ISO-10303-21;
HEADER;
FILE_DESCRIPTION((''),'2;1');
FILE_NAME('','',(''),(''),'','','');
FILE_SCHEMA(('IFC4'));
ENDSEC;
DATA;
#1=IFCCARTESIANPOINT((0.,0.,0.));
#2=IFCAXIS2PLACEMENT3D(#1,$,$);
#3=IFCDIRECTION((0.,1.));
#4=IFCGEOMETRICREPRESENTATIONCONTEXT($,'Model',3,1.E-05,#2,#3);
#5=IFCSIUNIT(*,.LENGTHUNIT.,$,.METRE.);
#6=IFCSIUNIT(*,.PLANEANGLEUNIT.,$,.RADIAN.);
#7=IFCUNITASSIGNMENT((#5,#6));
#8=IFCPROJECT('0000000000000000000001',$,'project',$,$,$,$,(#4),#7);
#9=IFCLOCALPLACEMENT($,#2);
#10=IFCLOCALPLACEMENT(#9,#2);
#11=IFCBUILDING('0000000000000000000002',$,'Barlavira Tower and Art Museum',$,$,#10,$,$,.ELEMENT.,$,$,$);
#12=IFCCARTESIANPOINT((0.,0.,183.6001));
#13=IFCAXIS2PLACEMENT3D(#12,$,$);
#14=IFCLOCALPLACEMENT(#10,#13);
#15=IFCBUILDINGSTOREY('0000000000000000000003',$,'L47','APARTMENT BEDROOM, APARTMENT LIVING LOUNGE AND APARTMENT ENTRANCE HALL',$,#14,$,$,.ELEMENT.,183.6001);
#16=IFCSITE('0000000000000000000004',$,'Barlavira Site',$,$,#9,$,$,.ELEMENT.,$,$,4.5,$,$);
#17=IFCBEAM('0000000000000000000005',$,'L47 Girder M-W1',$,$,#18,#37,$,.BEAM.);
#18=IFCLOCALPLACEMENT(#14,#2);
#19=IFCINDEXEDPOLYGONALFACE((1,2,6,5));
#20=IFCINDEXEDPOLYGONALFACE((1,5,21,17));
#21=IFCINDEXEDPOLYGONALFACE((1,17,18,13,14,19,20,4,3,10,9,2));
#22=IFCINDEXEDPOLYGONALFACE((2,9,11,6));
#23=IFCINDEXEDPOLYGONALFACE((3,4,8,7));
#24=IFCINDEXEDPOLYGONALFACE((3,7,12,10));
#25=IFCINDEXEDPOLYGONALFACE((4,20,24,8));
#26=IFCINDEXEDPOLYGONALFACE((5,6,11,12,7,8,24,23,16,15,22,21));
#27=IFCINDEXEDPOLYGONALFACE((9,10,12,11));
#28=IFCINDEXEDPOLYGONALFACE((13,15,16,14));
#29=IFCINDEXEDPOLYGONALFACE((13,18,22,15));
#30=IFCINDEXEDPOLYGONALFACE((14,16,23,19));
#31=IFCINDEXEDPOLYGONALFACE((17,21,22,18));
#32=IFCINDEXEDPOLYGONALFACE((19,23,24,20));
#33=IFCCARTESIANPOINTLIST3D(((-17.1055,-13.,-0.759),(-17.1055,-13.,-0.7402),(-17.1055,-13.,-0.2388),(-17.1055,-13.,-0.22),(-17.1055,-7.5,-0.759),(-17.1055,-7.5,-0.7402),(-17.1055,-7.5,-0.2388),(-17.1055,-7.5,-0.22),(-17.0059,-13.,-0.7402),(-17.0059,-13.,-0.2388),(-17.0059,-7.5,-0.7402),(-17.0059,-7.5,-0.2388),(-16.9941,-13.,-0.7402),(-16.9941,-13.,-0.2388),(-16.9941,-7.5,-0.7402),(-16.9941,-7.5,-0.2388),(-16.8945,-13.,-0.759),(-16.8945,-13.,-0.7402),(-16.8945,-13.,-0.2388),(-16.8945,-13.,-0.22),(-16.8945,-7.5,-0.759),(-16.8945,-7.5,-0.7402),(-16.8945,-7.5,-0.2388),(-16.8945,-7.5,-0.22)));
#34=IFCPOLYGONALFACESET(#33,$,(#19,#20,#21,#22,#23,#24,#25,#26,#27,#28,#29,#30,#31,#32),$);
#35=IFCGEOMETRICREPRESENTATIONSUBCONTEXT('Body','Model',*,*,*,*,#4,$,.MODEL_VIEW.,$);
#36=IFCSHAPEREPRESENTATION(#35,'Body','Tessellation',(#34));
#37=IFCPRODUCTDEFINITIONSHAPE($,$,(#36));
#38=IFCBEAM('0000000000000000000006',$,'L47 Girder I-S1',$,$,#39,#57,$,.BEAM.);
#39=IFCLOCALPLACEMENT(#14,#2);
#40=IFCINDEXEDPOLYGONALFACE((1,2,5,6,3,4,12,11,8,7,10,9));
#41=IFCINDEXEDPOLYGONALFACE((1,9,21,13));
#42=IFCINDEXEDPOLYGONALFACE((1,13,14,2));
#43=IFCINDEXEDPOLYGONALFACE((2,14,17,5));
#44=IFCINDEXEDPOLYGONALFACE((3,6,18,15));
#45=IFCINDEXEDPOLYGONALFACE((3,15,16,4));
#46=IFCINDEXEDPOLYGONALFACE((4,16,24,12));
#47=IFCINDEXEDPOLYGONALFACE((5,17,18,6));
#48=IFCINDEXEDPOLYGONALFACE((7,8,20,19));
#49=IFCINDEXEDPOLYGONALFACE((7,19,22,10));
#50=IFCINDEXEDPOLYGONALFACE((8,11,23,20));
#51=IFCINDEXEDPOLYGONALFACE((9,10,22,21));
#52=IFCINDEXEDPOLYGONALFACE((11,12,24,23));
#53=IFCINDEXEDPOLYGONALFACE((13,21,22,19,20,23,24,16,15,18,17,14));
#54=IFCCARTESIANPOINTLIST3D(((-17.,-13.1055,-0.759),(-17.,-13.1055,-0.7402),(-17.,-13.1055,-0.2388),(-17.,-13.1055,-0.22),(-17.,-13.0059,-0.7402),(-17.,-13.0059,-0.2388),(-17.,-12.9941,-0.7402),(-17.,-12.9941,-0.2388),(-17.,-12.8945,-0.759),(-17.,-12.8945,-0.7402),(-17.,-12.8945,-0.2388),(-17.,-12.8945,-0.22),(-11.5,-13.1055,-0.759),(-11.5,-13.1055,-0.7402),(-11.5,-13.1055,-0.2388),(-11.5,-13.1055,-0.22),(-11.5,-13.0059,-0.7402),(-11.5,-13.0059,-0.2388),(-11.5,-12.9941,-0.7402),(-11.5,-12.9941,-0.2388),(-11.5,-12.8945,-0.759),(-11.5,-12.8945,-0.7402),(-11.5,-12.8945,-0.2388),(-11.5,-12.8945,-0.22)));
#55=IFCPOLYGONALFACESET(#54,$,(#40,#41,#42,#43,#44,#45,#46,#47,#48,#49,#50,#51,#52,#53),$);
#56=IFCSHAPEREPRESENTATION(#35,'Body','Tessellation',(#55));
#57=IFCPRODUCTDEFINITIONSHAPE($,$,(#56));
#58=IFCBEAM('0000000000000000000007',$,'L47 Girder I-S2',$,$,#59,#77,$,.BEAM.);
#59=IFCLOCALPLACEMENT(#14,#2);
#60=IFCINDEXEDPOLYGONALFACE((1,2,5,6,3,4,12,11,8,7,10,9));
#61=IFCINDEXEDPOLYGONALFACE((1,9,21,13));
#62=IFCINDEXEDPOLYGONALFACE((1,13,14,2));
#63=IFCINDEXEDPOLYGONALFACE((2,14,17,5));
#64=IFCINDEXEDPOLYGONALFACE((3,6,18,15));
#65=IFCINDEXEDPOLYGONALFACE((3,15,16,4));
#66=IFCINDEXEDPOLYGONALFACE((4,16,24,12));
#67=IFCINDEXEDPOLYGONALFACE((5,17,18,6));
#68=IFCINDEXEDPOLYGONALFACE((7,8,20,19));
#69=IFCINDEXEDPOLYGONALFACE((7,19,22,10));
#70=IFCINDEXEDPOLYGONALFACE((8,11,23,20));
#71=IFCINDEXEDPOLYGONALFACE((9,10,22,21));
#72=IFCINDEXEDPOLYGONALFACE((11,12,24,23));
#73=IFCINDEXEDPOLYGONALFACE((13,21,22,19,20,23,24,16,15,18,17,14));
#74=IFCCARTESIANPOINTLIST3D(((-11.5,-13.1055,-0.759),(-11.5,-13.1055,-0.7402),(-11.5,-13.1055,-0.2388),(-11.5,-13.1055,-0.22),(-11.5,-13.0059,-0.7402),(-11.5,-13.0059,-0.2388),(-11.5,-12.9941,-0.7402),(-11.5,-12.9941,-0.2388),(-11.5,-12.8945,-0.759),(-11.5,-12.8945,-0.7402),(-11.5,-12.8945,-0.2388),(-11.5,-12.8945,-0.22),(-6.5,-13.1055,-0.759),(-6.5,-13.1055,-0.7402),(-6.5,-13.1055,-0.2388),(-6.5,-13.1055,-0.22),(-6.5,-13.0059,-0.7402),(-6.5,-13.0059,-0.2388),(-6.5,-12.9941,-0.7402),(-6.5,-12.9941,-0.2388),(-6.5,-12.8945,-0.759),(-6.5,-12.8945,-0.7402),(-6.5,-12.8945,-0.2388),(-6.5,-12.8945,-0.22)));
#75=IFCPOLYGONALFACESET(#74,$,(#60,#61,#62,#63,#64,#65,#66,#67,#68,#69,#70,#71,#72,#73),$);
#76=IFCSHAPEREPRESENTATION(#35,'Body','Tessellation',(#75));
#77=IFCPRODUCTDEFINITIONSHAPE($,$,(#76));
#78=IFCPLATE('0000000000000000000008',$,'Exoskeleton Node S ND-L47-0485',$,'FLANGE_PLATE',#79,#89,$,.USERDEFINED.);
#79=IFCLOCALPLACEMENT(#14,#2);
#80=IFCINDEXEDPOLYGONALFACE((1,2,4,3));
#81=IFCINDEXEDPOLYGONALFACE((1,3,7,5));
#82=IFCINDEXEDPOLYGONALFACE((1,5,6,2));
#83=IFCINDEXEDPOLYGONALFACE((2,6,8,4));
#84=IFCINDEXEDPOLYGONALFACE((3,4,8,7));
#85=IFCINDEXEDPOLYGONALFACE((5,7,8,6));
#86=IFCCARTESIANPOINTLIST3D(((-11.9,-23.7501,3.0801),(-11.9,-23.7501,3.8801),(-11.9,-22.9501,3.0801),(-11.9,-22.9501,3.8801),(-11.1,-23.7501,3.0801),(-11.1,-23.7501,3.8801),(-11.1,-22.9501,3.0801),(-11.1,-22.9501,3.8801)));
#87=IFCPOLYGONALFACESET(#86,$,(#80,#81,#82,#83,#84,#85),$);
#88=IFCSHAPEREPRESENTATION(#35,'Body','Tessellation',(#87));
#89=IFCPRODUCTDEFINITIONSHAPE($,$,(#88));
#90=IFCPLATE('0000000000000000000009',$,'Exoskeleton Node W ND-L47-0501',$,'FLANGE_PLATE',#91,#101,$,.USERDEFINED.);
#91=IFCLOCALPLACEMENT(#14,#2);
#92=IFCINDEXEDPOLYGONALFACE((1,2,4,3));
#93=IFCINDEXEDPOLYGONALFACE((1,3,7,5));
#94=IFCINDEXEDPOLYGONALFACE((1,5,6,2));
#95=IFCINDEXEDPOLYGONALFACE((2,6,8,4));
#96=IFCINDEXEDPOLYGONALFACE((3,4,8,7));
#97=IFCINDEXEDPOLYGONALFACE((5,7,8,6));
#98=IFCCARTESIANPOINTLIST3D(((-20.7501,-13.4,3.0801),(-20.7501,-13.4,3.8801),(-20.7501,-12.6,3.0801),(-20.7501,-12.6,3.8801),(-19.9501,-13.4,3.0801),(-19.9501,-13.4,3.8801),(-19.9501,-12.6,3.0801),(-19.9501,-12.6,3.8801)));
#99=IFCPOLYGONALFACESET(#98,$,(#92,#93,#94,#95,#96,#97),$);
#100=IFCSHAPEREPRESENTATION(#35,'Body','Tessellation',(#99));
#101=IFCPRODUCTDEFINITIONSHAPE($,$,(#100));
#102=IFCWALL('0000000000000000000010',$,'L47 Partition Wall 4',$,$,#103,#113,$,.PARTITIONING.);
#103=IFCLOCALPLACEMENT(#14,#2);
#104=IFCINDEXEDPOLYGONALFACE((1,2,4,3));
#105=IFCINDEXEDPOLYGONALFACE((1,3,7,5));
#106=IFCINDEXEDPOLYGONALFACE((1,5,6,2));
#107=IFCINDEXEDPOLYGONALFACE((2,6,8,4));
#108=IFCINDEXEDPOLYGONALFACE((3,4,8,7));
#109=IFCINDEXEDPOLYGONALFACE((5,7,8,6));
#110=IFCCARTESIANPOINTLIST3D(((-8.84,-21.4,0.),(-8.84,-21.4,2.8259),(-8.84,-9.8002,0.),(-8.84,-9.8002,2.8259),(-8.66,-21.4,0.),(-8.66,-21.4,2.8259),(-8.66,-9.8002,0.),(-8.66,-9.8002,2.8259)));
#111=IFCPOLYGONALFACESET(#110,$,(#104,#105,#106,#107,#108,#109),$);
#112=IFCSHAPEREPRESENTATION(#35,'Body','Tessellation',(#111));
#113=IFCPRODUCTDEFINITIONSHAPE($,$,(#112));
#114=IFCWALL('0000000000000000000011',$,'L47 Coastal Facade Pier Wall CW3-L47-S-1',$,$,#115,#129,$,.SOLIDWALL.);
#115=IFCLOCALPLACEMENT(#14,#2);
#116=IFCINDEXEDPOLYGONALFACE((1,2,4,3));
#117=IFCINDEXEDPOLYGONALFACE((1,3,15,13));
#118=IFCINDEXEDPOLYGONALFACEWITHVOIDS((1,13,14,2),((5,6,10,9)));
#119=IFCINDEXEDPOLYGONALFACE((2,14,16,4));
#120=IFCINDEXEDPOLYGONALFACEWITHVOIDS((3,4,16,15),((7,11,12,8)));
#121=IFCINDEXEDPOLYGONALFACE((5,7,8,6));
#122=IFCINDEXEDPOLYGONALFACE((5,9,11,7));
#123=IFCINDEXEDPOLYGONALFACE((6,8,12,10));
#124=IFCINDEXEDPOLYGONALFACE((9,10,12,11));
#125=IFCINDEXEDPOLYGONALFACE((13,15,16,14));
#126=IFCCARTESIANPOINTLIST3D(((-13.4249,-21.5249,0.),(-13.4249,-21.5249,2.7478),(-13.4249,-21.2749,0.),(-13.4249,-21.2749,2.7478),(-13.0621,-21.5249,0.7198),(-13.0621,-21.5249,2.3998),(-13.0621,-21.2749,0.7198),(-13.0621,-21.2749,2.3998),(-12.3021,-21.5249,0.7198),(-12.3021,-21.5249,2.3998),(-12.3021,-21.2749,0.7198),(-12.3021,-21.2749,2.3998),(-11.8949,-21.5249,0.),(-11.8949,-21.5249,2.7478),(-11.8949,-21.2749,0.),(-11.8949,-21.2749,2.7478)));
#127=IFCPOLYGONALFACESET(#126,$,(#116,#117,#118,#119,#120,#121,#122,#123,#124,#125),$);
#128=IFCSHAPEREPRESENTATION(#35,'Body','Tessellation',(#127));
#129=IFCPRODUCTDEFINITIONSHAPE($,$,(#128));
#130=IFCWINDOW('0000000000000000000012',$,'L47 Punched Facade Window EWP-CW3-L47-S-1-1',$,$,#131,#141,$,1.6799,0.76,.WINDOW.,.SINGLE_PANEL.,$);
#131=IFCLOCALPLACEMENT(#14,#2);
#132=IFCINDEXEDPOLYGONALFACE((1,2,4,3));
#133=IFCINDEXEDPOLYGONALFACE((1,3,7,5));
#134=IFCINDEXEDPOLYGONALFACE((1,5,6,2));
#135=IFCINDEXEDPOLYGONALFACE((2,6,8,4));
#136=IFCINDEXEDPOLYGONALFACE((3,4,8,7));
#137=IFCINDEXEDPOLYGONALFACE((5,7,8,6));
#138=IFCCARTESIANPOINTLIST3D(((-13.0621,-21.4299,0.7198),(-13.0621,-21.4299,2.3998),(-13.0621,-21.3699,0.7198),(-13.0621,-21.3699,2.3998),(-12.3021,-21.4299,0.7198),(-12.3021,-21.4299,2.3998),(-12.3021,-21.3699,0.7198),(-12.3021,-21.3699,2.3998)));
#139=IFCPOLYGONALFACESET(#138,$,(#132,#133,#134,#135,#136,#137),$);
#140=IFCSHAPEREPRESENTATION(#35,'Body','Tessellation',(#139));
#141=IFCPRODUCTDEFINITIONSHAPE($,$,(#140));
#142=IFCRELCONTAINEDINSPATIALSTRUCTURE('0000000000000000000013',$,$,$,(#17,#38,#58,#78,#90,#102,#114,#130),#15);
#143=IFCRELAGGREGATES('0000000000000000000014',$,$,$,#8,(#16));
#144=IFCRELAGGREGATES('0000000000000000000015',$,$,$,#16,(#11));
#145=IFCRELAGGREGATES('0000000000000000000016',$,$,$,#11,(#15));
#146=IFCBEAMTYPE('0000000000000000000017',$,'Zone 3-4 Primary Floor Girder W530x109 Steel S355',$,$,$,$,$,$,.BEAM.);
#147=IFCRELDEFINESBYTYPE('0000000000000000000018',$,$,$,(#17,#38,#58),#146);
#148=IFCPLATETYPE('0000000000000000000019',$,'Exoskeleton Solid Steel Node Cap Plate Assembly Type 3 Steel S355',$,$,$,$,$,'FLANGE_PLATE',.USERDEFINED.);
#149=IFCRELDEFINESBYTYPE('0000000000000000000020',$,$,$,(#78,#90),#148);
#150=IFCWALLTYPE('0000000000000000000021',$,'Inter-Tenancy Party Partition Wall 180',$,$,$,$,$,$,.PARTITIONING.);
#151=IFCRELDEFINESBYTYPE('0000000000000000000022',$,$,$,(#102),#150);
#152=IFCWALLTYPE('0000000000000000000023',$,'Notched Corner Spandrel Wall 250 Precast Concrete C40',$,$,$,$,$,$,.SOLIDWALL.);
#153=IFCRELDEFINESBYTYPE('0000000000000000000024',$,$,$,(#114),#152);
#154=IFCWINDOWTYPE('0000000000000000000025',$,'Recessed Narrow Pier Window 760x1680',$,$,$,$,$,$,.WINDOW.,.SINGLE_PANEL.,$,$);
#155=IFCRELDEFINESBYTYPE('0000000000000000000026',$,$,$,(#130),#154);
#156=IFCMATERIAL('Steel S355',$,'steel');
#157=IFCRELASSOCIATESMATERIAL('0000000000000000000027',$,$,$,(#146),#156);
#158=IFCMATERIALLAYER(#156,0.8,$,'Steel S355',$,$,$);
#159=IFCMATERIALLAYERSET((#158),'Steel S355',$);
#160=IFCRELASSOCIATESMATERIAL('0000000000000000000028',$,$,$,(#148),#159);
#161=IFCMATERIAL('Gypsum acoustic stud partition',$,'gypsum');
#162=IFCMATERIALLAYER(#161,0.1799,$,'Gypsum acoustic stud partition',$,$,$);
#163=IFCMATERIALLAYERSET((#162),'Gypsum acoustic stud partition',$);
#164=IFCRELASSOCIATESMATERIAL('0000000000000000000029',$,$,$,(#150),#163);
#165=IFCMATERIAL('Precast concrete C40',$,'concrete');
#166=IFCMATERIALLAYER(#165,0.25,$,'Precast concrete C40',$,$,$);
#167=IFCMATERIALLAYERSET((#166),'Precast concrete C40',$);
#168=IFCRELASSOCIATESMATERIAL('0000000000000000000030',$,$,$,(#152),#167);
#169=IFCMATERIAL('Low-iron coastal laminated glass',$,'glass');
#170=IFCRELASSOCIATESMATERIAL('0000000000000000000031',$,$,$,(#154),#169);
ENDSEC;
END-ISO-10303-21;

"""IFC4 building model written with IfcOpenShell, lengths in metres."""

from ifc_helpers import new_model, si_unit, direction, frame, frame_2d, origin, origin_2d, place, context, subcontext, project, spatial, rectangle, i_section, extrude, material, layer, layer_set, material_profile, profile_set, type_object, element, fill, save


model = new_model("IFC4")

# Units and contexts
model_context = context("Model", 3, precision=1e-05, world=origin(), true_north=direction((0.0, 1.0)))
body_context = subcontext(model_context, "Body", "Model", "MODEL_VIEW")
ifc_project = project(units=[si_unit("LENGTHUNIT", "METRE"), si_unit("PLANEANGLEUNIT", "RADIAN")], contexts=[model_context])

# Site, building, storey
site_placement = place(None, origin())
site = spatial("IfcSite", under=ifc_project, at=site_placement, Name="Barlavira Site", CompositionType="ELEMENT", RefElevation=4.5)
building_placement = place(site_placement, origin())
building = spatial("IfcBuilding", under=site, at=building_placement, Name="Barlavira Tower and Art Museum", CompositionType="ELEMENT")
storey_placement = place(building_placement, frame((0.0, 0.0, 183.6001)))
storey = spatial("IfcBuildingStorey", under=building, at=storey_placement, Name="L47", Description="APARTMENT BEDROOM, APARTMENT LIVING LOUNGE AND APARTMENT ENTRANCE HALL", CompositionType="ELEMENT", Elevation=183.6001)

# Beams
ifc_material_1 = material(Name="Steel S355", Category="steel")
ifc_material_profile_1 = material_profile(ifc_material_1, i_section(OverallWidth=0.2109, OverallDepth=0.5391, WebThickness=0.0117, FlangeThickness=0.0188, at=origin_2d()), Name="W530x109.0")
ifc_profile_set_1 = profile_set([ifc_material_profile_1], Name="Steel S355")
beam_type_1 = type_object("IfcBeamType", Name="Zone 3-4 Primary Floor Girder W530x109 Steel S355", PredefinedType="BEAM", material=ifc_profile_set_1)
for number, where, z_axis, x_axis, name in (
    (1, (-17.0, -13.0, -0.4895), (0.0, 1.0, 0.0), (-1.0, 0.0, 0.0), "L47 Girder M-W1"),
    (2, (-17.0, -13.0, -0.4895), (1.0, 0.0, 0.0), (0.0, 1.0, 0.0), "L47 Girder I-S1"),
):
    element("IfcBeam", number, at=place(storey_placement, frame(where, z_axis=z_axis, x_axis=x_axis)), inside=storey, type_object=beam_type_1, Name=name, PredefinedType="BEAM", context=body_context, shape_type="SweptSolid", body=[
        extrude(i_section(OverallWidth=0.2109, OverallDepth=0.5391, WebThickness=0.0117, FlangeThickness=0.0188, at=origin_2d()), origin(), (0.0, 0.0, 1.0), 5.5),
    ])
beam_1_placement = place(storey_placement, frame((-11.5, -13.0, -0.4895), z_axis=(1.0, 0.0, 0.0), x_axis=(0.0, 1.0, 0.0)))
element("IfcBeam", 3, at=beam_1_placement, inside=storey, type_object=beam_type_1, Name="L47 Girder I-S2", PredefinedType="BEAM", context=body_context, shape_type="SweptSolid", body=[
    extrude(i_section(OverallWidth=0.2109, OverallDepth=0.5391, WebThickness=0.0117, FlangeThickness=0.0188, at=origin_2d()), origin(), (0.0, 0.0, 1.0), 5.0),
])

# Plates
ifc_layer_1 = layer(ifc_material_1, 0.8, Name="Steel S355")
ifc_layer_set_1 = layer_set([ifc_layer_1], Name="Steel S355")
plate_type = type_object("IfcPlateType", Name="Exoskeleton Solid Steel Node Cap Plate Assembly Type 3 Steel S355", ElementType="FLANGE_PLATE", PredefinedType="USERDEFINED", material=ifc_layer_set_1)
for number, where, z_axis, x_axis, name in (
    (4, (-11.5, -23.3501, 3.0801), (0.0, 0.0, 1.0), (1.0, 0.0, 0.0), "Exoskeleton Node S ND-L47-0485"),
    (5, (-20.3501, -13.0, 3.0801), (0.0, 0.0, 1.0), (1.0, 0.0, 0.0), "Exoskeleton Node W ND-L47-0501"),
):
    element("IfcPlate", number, at=place(storey_placement, frame(where, z_axis=z_axis, x_axis=x_axis)), inside=storey, type_object=plate_type, Name=name, ObjectType="FLANGE_PLATE", PredefinedType="USERDEFINED", context=body_context, shape_type="SweptSolid", body=[
        extrude(rectangle(XDim=0.8, YDim=0.8, at=origin_2d()), origin(), (0.0, 0.0, 1.0), 0.8),
    ])

# Wall
ifc_material_2 = material(Name="Gypsum acoustic stud partition", Category="gypsum")
ifc_layer_2 = layer(ifc_material_2, 0.1799, Name="Gypsum acoustic stud partition")
ifc_layer_set_2 = layer_set([ifc_layer_2], Name="Gypsum acoustic stud partition")
wall_type_1 = type_object("IfcWallType", Name="Inter-Tenancy Party Partition Wall 180", PredefinedType="PARTITIONING", material=ifc_layer_set_2)
wall_1_placement = place(storey_placement, frame((-8.75, -21.3999, 0.0), z_axis=(0.0, 0.0, 1.0), x_axis=(0.0, 1.0, 0.0)))
element("IfcWall", 6, at=wall_1_placement, inside=storey, type_object=wall_type_1, Name="L47 Partition Wall 4", PredefinedType="PARTITIONING", context=body_context, shape_type="SweptSolid", body=[
    extrude(rectangle(XDim=11.5999, YDim=0.1799, at=frame_2d((5.7998, 0.0))), origin(), (0.0, 0.0, 1.0), 2.8259),
])

# Wall, opening, window
ifc_material_3 = material(Name="Precast concrete C40", Category="concrete")
ifc_layer_3 = layer(ifc_material_3, 0.25, Name="Precast concrete C40")
ifc_layer_set_3 = layer_set([ifc_layer_3], Name="Precast concrete C40")
wall_type_2 = type_object("IfcWallType", Name="Notched Corner Spandrel Wall 250 Precast Concrete C40", PredefinedType="SOLIDWALL", material=ifc_layer_set_3)
wall_2_placement = place(storey_placement, frame((-13.425, -21.3999, 0.0), z_axis=(0.0, 0.0, 1.0), x_axis=(1.0, 0.0, 0.0)))
wall_2 = element("IfcWall", 7, at=wall_2_placement, inside=storey, type_object=wall_type_2, Name="L47 Coastal Facade Pier Wall CW3-L47-S-1", PredefinedType="SOLIDWALL", context=body_context, shape_type="SweptSolid", body=[
    extrude(rectangle(XDim=1.53, YDim=0.25, at=frame_2d((0.7651, 0.0))), origin(), (0.0, 0.0, 1.0), 2.7478),
])
opening_1_placement = place(wall_2_placement, frame((0.363, 0.0, 0.72)))
opening_1 = element("IfcOpeningElement", 8, at=opening_1_placement, cuts=wall_2, PredefinedType="OPENING", context=body_context, shape_type="SweptSolid", body=[
    extrude(rectangle(XDim=0.76, YDim=1.6799, at=frame_2d((0.3799, 0.8398))), frame((0.0, 0.135, 0.0), z_axis=(0.0, -1.0, 0.0), x_axis=(1.0, 0.0, 0.0)), (0.0, 0.0, 1.0), 0.27),
])
ifc_material_4 = material(Name="Low-iron coastal laminated glass", Category="glass")
window_type_1 = type_object("IfcWindowType", Name="Recessed Narrow Pier Window 760x1680", PartitioningType="SINGLE_PANEL", PredefinedType="WINDOW", material=ifc_material_4)
window_1_placement = place(opening_1_placement, origin())
window_1 = element("IfcWindow", 9, at=window_1_placement, inside=storey, type_object=window_type_1, Name="L47 Punched Facade Window EWP-CW3-L47-S-1-1", OverallHeight=1.6799, OverallWidth=0.76, PartitioningType="SINGLE_PANEL", PredefinedType="WINDOW", context=body_context, shape_type="SweptSolid", body=[
    extrude(rectangle(XDim=0.76, YDim=1.6799, at=frame_2d((0.3799, 0.8398))), frame((0.0, 0.03, 0.0), z_axis=(0.0, -1.0, 0.0), x_axis=(1.0, 0.0, 0.0)), (0.0, 0.0, 1.0), 0.0601),
])
fill(opening_1, window_1)

save(model, "model.ifc")
